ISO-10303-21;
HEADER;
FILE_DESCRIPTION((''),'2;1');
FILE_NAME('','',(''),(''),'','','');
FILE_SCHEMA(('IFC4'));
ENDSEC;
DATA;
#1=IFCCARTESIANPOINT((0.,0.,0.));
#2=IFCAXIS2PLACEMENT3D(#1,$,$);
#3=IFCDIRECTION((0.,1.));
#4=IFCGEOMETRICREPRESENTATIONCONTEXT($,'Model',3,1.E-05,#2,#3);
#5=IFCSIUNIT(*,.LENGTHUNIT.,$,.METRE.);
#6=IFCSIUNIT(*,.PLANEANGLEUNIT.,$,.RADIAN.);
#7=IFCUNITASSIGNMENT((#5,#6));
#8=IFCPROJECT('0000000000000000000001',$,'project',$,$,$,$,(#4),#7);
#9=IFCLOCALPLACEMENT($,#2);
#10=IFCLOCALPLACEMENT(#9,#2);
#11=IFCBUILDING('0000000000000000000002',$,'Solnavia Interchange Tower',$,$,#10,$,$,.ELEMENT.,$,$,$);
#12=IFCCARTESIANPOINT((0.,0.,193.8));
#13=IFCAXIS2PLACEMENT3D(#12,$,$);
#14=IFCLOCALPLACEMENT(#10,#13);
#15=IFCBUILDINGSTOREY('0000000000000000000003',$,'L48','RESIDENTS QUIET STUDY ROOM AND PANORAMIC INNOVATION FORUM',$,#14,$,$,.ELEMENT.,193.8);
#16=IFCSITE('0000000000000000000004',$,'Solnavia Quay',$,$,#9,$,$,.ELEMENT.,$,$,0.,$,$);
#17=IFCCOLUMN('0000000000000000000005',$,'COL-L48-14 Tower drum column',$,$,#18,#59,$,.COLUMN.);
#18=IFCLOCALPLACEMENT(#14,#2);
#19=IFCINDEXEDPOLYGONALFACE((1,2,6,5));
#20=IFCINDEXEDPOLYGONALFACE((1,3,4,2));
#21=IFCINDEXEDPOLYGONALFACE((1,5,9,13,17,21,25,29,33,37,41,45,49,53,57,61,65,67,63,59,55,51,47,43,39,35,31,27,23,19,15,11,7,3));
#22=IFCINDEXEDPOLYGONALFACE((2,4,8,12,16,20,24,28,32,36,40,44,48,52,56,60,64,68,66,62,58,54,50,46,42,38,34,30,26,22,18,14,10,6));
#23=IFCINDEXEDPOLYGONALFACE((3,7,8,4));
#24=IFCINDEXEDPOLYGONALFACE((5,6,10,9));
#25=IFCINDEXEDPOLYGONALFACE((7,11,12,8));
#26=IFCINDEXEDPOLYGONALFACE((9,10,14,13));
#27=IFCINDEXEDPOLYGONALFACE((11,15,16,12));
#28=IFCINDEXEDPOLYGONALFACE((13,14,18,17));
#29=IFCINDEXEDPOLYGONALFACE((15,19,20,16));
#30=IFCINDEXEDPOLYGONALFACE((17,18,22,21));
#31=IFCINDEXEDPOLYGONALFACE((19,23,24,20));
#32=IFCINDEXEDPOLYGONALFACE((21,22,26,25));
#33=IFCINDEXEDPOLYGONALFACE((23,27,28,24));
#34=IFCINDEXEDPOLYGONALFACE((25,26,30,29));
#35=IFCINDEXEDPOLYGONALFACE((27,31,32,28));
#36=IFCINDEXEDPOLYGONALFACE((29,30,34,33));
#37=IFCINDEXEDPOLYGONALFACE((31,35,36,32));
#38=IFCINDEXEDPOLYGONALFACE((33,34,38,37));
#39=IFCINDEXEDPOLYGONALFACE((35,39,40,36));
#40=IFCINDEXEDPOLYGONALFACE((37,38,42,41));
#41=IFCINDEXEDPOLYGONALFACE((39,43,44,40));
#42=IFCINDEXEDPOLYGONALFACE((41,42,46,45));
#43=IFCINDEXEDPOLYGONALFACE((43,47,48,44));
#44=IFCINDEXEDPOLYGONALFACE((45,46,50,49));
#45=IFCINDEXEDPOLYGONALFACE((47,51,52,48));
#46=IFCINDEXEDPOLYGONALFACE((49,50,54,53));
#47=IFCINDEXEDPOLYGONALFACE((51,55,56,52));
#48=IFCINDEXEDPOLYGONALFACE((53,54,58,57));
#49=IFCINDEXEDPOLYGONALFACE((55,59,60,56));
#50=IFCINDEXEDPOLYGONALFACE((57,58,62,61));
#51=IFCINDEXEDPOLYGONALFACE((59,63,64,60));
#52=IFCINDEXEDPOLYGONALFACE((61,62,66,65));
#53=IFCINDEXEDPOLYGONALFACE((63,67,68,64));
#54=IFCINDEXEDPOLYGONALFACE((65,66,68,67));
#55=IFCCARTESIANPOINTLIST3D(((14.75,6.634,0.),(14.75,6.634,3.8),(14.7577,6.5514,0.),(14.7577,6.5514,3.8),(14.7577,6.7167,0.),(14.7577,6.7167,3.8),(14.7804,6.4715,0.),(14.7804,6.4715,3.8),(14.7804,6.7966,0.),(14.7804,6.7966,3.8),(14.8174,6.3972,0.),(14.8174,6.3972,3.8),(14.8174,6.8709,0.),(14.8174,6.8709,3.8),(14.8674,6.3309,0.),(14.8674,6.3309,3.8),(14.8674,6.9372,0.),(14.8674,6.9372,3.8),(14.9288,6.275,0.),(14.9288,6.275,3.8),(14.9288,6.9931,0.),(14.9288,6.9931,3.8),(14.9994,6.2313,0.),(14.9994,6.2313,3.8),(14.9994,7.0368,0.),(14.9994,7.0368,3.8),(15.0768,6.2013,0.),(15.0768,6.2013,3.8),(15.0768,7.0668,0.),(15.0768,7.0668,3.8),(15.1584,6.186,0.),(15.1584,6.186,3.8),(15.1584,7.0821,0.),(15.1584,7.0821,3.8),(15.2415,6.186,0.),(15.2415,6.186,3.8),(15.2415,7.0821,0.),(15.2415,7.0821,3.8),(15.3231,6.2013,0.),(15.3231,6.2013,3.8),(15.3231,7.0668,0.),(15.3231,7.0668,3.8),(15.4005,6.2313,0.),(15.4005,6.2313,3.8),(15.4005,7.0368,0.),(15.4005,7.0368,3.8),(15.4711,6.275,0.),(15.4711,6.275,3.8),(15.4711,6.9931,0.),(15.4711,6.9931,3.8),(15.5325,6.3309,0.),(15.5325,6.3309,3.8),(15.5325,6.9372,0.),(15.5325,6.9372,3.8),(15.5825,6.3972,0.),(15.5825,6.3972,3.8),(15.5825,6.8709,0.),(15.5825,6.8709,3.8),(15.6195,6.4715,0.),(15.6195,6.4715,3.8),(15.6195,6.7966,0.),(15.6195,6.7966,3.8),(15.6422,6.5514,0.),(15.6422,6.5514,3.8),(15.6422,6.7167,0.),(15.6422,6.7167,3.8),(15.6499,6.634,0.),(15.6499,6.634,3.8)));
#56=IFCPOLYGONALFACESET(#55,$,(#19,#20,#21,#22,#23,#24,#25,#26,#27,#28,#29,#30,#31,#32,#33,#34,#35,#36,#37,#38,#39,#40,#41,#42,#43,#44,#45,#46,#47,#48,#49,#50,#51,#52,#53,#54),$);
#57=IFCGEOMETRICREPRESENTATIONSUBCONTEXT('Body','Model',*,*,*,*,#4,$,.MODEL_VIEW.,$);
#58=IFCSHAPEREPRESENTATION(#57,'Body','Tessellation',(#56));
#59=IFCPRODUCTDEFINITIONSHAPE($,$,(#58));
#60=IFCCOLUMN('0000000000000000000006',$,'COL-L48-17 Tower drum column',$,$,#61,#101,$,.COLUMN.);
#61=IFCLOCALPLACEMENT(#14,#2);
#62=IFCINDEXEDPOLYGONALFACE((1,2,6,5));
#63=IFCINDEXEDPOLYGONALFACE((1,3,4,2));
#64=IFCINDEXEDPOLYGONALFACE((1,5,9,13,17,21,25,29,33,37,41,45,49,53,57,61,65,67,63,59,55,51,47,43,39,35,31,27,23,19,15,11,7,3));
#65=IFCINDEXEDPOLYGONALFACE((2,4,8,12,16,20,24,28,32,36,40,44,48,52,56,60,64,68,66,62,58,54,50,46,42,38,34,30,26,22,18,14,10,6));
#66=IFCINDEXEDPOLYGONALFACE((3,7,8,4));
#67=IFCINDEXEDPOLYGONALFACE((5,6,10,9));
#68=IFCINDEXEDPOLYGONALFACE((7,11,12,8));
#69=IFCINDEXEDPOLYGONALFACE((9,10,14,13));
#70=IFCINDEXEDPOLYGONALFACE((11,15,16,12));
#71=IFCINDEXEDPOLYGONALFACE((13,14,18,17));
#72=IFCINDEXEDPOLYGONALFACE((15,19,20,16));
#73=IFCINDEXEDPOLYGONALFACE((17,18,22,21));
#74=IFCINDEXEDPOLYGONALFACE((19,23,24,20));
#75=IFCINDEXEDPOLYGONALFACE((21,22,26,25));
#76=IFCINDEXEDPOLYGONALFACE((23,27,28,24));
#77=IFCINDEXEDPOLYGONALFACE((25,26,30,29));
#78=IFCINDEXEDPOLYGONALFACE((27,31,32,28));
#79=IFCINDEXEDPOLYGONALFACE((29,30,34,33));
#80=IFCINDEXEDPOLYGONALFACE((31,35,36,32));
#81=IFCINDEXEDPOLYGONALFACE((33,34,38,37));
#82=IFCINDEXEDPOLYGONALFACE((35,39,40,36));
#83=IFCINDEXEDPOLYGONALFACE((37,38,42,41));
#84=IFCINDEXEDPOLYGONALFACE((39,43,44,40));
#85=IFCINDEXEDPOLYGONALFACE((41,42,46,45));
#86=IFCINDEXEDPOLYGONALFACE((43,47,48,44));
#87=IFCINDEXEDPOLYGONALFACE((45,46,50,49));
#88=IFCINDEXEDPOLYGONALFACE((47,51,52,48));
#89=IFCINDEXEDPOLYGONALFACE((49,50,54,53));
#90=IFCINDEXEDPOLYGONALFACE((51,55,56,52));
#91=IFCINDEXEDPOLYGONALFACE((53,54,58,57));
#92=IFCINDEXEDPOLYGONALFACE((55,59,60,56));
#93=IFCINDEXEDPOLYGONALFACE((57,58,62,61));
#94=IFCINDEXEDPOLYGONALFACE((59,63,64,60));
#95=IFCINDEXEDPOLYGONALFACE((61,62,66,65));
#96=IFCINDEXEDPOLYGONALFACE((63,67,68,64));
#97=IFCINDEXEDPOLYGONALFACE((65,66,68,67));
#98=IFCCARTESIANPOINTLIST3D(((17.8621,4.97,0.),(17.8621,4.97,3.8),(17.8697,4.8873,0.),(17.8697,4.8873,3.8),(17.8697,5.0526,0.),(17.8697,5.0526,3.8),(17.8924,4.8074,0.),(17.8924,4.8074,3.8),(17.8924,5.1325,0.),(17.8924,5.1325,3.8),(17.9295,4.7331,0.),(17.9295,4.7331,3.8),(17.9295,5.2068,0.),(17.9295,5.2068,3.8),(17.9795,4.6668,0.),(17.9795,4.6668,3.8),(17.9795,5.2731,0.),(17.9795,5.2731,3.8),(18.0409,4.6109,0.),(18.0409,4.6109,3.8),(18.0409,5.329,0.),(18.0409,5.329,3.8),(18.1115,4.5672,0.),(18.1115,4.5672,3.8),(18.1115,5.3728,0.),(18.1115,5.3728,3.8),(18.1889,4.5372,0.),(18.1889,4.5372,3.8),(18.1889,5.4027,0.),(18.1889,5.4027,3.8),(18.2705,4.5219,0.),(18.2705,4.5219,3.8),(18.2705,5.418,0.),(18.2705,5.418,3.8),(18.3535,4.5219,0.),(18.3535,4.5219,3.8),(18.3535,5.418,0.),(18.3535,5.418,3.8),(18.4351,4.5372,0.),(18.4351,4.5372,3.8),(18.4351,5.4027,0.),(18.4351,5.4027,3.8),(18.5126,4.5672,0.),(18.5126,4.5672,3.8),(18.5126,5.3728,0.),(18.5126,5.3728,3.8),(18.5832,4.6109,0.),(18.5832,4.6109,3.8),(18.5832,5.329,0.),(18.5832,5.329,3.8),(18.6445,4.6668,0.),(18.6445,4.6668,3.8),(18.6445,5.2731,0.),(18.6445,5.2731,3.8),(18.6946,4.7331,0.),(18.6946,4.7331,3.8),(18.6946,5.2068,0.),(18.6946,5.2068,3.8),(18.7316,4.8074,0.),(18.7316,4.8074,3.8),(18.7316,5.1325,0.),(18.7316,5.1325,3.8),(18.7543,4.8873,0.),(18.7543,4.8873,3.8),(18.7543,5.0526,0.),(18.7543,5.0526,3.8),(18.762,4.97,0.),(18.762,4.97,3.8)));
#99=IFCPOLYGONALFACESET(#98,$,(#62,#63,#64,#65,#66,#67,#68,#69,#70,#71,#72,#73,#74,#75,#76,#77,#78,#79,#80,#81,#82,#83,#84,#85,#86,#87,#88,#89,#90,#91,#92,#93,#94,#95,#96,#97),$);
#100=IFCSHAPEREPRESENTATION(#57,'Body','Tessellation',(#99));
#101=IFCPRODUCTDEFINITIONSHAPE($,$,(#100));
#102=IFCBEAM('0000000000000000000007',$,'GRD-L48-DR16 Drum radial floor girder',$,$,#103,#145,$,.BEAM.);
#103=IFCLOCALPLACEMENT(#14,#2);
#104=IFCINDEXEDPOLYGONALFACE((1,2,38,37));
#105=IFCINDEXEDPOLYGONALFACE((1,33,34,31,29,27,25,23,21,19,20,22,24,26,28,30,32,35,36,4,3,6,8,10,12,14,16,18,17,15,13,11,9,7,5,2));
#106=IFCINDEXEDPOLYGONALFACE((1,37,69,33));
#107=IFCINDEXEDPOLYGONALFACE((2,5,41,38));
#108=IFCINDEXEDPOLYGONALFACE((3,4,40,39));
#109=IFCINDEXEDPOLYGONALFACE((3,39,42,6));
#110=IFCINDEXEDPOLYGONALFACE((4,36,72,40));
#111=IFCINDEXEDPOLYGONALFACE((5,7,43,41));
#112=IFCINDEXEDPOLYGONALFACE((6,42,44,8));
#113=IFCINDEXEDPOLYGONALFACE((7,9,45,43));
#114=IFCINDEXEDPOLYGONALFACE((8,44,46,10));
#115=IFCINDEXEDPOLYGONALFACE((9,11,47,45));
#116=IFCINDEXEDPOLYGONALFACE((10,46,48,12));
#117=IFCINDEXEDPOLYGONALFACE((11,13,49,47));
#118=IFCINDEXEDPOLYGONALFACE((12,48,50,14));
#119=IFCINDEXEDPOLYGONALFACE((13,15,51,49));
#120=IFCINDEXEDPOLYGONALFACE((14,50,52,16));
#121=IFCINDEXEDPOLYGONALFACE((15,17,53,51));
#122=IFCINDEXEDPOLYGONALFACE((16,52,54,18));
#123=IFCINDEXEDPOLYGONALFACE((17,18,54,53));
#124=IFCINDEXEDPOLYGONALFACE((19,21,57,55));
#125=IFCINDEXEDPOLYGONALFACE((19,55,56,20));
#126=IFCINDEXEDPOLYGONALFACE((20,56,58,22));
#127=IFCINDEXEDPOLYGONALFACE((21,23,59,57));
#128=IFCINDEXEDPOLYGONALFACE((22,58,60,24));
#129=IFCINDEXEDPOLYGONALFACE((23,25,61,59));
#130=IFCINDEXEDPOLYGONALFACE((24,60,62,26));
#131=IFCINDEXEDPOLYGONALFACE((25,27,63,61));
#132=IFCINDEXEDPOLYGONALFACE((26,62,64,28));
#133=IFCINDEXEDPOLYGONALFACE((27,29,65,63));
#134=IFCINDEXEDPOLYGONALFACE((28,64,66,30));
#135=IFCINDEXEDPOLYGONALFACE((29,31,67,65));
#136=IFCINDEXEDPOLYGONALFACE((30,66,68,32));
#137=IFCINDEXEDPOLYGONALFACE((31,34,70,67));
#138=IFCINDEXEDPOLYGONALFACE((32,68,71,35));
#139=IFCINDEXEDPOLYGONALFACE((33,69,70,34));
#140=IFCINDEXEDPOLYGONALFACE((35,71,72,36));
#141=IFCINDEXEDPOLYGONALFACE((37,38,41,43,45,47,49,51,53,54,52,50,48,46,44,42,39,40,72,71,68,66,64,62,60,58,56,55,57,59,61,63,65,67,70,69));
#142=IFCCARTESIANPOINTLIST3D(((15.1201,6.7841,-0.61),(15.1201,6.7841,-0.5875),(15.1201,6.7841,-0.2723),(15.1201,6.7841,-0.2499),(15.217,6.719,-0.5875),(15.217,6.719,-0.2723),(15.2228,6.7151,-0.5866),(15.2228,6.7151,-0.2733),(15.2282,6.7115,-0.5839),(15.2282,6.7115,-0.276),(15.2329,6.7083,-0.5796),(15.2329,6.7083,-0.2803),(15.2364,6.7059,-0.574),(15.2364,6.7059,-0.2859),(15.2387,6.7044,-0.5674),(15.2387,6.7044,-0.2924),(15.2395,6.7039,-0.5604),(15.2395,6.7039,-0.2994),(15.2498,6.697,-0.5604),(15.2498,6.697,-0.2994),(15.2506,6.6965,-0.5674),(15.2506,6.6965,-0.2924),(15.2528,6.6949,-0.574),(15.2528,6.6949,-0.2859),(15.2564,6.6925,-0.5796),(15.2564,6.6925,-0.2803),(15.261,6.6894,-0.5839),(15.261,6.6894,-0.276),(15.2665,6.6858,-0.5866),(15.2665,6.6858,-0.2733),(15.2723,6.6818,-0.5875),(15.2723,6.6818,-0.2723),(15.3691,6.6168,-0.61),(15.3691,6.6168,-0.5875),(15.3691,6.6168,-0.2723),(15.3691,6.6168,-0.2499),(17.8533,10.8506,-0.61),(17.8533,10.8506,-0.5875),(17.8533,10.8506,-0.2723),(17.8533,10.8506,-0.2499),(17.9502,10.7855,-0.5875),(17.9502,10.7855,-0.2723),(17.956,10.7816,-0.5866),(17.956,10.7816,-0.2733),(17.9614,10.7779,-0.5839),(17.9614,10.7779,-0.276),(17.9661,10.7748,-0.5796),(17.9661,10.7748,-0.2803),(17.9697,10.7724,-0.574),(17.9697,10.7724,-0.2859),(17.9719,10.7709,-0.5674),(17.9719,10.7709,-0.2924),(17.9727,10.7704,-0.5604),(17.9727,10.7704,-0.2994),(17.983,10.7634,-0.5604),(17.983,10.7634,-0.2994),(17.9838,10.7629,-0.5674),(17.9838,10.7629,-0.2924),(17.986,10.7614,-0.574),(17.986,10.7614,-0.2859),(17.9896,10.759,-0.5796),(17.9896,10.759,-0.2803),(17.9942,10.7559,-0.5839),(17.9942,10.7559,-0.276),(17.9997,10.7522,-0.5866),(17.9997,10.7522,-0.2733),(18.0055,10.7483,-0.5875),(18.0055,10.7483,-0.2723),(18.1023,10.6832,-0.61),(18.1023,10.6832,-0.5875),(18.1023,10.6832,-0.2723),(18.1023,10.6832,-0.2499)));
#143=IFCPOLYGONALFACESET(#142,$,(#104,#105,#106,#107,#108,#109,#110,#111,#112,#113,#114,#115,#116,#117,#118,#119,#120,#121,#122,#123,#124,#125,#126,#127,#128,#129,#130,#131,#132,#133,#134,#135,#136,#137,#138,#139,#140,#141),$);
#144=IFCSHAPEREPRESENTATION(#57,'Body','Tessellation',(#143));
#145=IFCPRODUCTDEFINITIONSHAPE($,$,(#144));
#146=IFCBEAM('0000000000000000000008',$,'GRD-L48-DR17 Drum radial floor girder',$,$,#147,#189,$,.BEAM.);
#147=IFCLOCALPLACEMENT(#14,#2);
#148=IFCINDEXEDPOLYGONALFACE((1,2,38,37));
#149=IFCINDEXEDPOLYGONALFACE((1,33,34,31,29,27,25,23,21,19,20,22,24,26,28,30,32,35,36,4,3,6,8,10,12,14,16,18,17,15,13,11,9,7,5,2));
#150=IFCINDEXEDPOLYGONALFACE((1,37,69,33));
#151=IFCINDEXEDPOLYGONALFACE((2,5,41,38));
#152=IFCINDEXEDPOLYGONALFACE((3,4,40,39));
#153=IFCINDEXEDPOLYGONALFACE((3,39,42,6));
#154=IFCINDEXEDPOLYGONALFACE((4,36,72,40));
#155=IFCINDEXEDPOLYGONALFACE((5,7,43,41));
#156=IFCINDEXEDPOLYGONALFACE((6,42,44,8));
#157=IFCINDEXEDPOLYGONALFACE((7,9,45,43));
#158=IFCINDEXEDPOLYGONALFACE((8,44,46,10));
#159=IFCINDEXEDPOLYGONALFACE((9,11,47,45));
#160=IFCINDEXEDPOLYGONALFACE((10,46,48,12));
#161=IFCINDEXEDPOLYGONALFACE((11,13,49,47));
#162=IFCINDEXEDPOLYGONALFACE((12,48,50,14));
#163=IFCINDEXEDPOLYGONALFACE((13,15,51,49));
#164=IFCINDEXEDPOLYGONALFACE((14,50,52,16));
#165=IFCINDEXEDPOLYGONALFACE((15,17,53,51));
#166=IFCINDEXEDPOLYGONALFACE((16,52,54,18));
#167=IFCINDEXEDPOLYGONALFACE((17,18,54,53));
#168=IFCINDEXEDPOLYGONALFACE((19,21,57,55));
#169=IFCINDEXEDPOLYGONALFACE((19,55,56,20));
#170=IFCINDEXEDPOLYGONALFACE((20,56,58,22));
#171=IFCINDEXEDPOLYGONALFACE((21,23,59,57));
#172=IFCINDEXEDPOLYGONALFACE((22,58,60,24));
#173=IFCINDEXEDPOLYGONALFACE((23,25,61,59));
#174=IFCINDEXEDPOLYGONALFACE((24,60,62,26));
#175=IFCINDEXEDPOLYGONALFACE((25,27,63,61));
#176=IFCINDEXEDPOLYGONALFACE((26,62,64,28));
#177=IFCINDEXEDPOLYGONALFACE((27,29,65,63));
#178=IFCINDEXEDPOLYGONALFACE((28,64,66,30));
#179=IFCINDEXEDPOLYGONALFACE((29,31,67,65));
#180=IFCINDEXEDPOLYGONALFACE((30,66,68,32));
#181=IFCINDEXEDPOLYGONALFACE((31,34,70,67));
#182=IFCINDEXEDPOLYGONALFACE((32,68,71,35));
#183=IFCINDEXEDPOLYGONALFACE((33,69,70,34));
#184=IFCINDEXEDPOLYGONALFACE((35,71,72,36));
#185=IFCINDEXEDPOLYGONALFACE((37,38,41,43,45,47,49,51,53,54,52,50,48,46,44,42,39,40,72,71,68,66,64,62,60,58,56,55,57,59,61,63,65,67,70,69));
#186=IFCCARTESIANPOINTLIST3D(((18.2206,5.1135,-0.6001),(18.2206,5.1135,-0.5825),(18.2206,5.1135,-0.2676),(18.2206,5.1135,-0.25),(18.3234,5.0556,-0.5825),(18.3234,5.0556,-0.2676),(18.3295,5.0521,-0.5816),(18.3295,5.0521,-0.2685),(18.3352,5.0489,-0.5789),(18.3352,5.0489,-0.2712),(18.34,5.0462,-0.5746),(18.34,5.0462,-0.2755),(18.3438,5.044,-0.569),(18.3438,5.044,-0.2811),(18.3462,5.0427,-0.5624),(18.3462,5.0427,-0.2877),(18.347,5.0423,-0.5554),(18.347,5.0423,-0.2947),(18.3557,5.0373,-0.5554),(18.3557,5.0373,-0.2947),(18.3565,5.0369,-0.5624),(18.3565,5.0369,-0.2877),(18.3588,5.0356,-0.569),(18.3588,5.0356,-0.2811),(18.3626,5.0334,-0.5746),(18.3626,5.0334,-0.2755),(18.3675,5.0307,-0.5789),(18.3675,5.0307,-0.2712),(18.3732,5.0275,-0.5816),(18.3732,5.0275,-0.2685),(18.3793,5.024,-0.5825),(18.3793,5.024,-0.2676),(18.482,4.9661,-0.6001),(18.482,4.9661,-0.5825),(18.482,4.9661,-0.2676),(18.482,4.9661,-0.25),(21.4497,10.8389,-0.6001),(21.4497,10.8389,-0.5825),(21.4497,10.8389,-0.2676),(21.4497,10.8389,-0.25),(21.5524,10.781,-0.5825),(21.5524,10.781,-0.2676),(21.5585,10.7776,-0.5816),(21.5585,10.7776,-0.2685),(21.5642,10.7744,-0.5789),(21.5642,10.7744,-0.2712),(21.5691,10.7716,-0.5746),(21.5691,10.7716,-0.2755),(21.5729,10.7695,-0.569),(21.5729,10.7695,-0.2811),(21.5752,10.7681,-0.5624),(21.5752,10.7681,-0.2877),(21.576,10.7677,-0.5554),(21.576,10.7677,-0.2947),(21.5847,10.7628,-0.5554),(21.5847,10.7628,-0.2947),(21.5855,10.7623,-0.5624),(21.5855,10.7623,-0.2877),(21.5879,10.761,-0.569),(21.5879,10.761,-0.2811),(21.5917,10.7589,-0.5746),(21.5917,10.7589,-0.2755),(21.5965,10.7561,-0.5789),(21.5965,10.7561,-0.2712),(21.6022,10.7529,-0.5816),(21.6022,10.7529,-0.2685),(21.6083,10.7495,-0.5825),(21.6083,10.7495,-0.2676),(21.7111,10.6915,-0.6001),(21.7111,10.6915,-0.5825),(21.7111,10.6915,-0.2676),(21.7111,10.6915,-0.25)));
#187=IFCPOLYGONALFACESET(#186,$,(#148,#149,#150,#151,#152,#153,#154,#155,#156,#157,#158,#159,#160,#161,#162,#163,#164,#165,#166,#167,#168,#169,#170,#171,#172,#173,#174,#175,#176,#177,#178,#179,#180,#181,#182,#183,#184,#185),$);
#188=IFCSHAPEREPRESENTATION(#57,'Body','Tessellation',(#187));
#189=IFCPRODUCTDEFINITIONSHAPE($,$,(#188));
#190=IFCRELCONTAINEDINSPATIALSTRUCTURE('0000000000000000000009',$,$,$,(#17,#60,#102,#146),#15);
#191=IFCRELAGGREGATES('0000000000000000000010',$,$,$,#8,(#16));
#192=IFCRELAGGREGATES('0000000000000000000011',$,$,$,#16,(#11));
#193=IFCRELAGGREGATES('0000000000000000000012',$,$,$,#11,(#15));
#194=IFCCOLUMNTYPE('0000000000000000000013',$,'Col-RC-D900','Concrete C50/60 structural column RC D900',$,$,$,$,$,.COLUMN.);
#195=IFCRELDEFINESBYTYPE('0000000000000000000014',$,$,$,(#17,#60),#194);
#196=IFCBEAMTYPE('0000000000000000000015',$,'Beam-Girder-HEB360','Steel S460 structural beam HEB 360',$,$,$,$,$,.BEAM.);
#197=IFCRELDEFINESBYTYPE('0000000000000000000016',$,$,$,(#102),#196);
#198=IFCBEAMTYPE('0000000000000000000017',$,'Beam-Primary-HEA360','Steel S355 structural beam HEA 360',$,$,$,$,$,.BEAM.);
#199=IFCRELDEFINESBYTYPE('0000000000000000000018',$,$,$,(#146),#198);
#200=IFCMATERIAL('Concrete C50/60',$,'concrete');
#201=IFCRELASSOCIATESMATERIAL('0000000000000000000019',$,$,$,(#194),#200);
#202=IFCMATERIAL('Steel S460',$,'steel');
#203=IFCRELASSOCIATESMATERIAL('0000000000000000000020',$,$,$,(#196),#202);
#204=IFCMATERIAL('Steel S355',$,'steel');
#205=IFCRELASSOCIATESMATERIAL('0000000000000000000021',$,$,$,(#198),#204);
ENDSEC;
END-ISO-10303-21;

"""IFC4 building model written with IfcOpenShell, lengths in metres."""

from ifc_helpers import new_model, si_unit, direction, frame, origin, origin_2d, place, context, subcontext, project, spatial, circle, i_section, extrude, material, material_profile, profile_set, type_object, element, save


model = new_model("IFC4")

# Units and contexts
model_context = context("Model", 3, precision=1e-05, world=origin(), true_north=direction((0.0, 1.0)))
body_context = subcontext(model_context, "Body", "Model", "MODEL_VIEW")
ifc_project = project(units=[si_unit("LENGTHUNIT", "METRE"), si_unit("PLANEANGLEUNIT", "RADIAN")], contexts=[model_context])

# Site, building, storey
site_placement = place(None, origin())
site = spatial("IfcSite", under=ifc_project, at=site_placement, Name="Solnavia Quay", CompositionType="ELEMENT", RefElevation=0.0)
building_placement = place(site_placement, origin())
building = spatial("IfcBuilding", under=site, at=building_placement, Name="Solnavia Interchange Tower", CompositionType="ELEMENT")
storey_placement = place(building_placement, frame((0.0, 0.0, 193.8)))
storey = spatial("IfcBuildingStorey", under=building, at=storey_placement, Name="L48", Description="RESIDENTS QUIET STUDY ROOM AND PANORAMIC INNOVATION FORUM", CompositionType="ELEMENT", Elevation=193.8)

# Columns
ifc_material_1 = material(Name="Concrete C50/60", Category="concrete")
ifc_material_profile_1 = material_profile(ifc_material_1, circle(Radius=0.45, at=origin_2d()), Name="RC D900")
ifc_profile_set_1 = profile_set([ifc_material_profile_1], Name="Concrete C50/60")
column_type = type_object("IfcColumnType", Name="Col-RC-D900", Description="Concrete C50/60 structural column RC D900", PredefinedType="COLUMN", material=ifc_profile_set_1)
for number, where, z_axis, x_axis, name in (
    (1, (15.2, 6.634, 0.0), (0.0, 0.0, 1.0), (1.0, 0.0, 0.0), "COL-L48-14 Tower drum column"),
    (2, (18.312, 4.97, 0.0), (0.0, 0.0, 1.0), (1.0, 0.0, 0.0), "COL-L48-17 Tower drum column"),
):
    element("IfcColumn", number, at=place(storey_placement, frame(where, z_axis=z_axis, x_axis=x_axis)), inside=storey, type_object=column_type, Name=name, PredefinedType="COLUMN", context=body_context, shape_type="SweptSolid", body=[
        extrude(circle(Radius=0.45, at=origin_2d()), origin(), (0.0, 0.0, 1.0), 3.8),
    ])

# Beams
ifc_material_2 = material(Name="Steel S460", Category="steel")
ifc_material_profile_2 = material_profile(ifc_material_2, i_section(OverallWidth=0.3, OverallDepth=0.3601, WebThickness=0.0125, FlangeThickness=0.0225, FilletRadius=0.0271, at=origin_2d()), Name="HEB 360")
ifc_profile_set_2 = profile_set([ifc_material_profile_2], Name="Steel S460")
beam_type_1 = type_object("IfcBeamType", Name="Beam-Girder-HEB360", Description="Steel S460 structural beam HEB 360", PredefinedType="BEAM", material=ifc_profile_set_2)
beam_1_placement = place(storey_placement, frame((15.2446, 6.7004, -0.4299), z_axis=(0.557835, 0.829952, 0.0), x_axis=(-0.829952, 0.557835, 0.0)))
element("IfcBeam", 3, at=beam_1_placement, inside=storey, type_object=beam_type_1, Name="GRD-L48-DR16 Drum radial floor girder", PredefinedType="BEAM", context=body_context, shape_type="SweptSolid", body=[
    extrude(i_section(OverallWidth=0.3, OverallDepth=0.3601, WebThickness=0.0125, FlangeThickness=0.0225, FilletRadius=0.0271, at=origin_2d()), origin(), (0.0, 0.0, 1.0), 4.8997),
])
ifc_material_3 = material(Name="Steel S355", Category="steel")
ifc_material_profile_3 = material_profile(ifc_material_3, i_section(OverallWidth=0.3, OverallDepth=0.3501, WebThickness=0.01, FlangeThickness=0.0176, FilletRadius=0.0271, at=origin_2d()), Name="HEA 360")
ifc_profile_set_3 = profile_set([ifc_material_profile_3], Name="Steel S355")
beam_type_2 = type_object("IfcBeamType", Name="Beam-Primary-HEA360", Description="Steel S355 structural beam HEA 360", PredefinedType="BEAM", material=ifc_profile_set_3)
beam_2_placement = place(storey_placement, frame((18.3513, 5.0398, -0.425), z_axis=(0.491243, 0.871022, 0.0), x_axis=(-0.871022, 0.491243, 0.0)))
element("IfcBeam", 4, at=beam_2_placement, inside=storey, type_object=beam_type_2, Name="GRD-L48-DR17 Drum radial floor girder", PredefinedType="BEAM", context=body_context, shape_type="SweptSolid", body=[
    extrude(i_section(OverallWidth=0.3, OverallDepth=0.3501, WebThickness=0.01, FlangeThickness=0.0176, FilletRadius=0.0271, at=origin_2d()), origin(), (0.0, 0.0, 1.0), 6.5732),
])

save(model, "model.ifc")
